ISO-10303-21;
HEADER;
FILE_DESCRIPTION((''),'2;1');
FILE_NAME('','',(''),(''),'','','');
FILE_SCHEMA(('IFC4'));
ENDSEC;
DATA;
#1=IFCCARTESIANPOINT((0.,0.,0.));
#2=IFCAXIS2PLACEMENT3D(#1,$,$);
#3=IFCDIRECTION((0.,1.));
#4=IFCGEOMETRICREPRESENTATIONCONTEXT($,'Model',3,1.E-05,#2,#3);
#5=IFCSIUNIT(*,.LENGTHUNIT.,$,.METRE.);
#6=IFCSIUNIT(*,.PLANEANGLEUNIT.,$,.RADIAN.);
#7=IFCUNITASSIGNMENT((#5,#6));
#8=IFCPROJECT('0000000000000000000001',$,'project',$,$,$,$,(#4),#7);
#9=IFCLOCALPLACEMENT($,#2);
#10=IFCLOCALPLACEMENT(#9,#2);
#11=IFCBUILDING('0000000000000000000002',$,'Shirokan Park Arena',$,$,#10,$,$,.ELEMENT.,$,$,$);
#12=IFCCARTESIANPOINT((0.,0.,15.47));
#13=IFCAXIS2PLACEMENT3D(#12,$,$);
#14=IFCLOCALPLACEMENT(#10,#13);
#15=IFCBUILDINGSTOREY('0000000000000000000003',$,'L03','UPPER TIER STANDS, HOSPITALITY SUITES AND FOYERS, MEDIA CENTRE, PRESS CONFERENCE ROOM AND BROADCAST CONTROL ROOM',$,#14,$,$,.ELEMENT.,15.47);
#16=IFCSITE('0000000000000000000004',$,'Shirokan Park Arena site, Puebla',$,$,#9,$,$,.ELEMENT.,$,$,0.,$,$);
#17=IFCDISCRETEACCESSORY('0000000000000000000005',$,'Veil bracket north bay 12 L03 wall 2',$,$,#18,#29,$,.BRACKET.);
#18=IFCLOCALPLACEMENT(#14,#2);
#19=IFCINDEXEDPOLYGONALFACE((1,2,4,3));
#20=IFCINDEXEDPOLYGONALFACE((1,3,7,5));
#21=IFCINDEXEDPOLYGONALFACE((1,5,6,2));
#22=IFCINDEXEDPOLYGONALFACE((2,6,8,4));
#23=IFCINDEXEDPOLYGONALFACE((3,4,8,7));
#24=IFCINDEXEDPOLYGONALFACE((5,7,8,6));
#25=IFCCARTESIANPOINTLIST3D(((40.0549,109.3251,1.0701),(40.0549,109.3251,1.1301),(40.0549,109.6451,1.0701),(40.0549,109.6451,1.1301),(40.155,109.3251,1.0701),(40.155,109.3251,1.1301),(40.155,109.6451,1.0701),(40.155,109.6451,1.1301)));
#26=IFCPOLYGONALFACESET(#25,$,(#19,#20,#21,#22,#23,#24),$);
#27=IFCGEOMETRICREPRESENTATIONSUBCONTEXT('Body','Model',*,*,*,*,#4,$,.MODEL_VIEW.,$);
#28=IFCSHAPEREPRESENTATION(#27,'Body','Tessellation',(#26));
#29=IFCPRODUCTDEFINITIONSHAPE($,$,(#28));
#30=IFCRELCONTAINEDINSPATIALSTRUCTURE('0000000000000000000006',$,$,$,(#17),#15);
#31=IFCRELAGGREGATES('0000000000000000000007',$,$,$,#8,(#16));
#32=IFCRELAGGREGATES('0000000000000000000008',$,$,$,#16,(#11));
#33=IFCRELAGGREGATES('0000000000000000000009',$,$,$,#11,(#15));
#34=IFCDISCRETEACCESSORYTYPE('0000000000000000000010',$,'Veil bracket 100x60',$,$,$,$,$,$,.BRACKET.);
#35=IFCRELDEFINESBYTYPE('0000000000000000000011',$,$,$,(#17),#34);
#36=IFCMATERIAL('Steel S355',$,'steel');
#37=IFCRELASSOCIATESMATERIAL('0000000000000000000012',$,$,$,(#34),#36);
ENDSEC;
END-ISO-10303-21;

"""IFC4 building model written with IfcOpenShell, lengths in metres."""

from ifc_helpers import new_model, si_unit, direction, frame, origin, origin_2d, place, context, subcontext, project, spatial, rectangle, extrude, material, type_object, element, save


model = new_model("IFC4")

# Units and contexts
model_context = context("Model", 3, precision=1e-05, world=origin(), true_north=direction((0.0, 1.0)))
body_context = subcontext(model_context, "Body", "Model", "MODEL_VIEW")
ifc_project = project(units=[si_unit("LENGTHUNIT", "METRE"), si_unit("PLANEANGLEUNIT", "RADIAN")], contexts=[model_context])

# Site, building, storey
site_placement = place(None, origin())
site = spatial("IfcSite", under=ifc_project, at=site_placement, Name="Shirokan Park Arena site, Puebla", CompositionType="ELEMENT", RefElevation=0.0)
building_placement = place(site_placement, origin())
building = spatial("IfcBuilding", under=site, at=building_placement, Name="Shirokan Park Arena", CompositionType="ELEMENT")
storey_placement = place(building_placement, frame((0.0, 0.0, 15.47)))
storey = spatial("IfcBuildingStorey", under=building, at=storey_placement, Name="L03", Description="UPPER TIER STANDS, HOSPITALITY SUITES AND FOYERS, MEDIA CENTRE, PRESS CONFERENCE ROOM AND BROADCAST CONTROL ROOM", CompositionType="ELEMENT", Elevation=15.47)

# Shared definitions
ifc_material_1 = material(Name="Steel S355", Category="steel")

# Discrete accessory
discrete_accessory_type = type_object("IfcDiscreteAccessoryType", Name="Veil bracket 100x60", PredefinedType="BRACKET", material=ifc_material_1)
for number, where, z_axis, x_axis, name in (
    (1, (40.105, 109.4851, 1.0701), (0.0, 0.0, 1.0), (-1.0, 0.0, 0.0), "Veil bracket north bay 12 L03 wall 2"),
):
    element("IfcDiscreteAccessory", number, at=place(storey_placement, frame(where, z_axis=z_axis, x_axis=x_axis)), inside=storey, type_object=discrete_accessory_type, Name=name, PredefinedType="BRACKET", context=body_context, shape_type="SweptSolid", body=[
        extrude(rectangle(XDim=0.1001, YDim=0.3201, at=origin_2d()), origin(), (0.0, 0.0, 1.0), 0.0601),
    ])

save(model, "model.ifc")
